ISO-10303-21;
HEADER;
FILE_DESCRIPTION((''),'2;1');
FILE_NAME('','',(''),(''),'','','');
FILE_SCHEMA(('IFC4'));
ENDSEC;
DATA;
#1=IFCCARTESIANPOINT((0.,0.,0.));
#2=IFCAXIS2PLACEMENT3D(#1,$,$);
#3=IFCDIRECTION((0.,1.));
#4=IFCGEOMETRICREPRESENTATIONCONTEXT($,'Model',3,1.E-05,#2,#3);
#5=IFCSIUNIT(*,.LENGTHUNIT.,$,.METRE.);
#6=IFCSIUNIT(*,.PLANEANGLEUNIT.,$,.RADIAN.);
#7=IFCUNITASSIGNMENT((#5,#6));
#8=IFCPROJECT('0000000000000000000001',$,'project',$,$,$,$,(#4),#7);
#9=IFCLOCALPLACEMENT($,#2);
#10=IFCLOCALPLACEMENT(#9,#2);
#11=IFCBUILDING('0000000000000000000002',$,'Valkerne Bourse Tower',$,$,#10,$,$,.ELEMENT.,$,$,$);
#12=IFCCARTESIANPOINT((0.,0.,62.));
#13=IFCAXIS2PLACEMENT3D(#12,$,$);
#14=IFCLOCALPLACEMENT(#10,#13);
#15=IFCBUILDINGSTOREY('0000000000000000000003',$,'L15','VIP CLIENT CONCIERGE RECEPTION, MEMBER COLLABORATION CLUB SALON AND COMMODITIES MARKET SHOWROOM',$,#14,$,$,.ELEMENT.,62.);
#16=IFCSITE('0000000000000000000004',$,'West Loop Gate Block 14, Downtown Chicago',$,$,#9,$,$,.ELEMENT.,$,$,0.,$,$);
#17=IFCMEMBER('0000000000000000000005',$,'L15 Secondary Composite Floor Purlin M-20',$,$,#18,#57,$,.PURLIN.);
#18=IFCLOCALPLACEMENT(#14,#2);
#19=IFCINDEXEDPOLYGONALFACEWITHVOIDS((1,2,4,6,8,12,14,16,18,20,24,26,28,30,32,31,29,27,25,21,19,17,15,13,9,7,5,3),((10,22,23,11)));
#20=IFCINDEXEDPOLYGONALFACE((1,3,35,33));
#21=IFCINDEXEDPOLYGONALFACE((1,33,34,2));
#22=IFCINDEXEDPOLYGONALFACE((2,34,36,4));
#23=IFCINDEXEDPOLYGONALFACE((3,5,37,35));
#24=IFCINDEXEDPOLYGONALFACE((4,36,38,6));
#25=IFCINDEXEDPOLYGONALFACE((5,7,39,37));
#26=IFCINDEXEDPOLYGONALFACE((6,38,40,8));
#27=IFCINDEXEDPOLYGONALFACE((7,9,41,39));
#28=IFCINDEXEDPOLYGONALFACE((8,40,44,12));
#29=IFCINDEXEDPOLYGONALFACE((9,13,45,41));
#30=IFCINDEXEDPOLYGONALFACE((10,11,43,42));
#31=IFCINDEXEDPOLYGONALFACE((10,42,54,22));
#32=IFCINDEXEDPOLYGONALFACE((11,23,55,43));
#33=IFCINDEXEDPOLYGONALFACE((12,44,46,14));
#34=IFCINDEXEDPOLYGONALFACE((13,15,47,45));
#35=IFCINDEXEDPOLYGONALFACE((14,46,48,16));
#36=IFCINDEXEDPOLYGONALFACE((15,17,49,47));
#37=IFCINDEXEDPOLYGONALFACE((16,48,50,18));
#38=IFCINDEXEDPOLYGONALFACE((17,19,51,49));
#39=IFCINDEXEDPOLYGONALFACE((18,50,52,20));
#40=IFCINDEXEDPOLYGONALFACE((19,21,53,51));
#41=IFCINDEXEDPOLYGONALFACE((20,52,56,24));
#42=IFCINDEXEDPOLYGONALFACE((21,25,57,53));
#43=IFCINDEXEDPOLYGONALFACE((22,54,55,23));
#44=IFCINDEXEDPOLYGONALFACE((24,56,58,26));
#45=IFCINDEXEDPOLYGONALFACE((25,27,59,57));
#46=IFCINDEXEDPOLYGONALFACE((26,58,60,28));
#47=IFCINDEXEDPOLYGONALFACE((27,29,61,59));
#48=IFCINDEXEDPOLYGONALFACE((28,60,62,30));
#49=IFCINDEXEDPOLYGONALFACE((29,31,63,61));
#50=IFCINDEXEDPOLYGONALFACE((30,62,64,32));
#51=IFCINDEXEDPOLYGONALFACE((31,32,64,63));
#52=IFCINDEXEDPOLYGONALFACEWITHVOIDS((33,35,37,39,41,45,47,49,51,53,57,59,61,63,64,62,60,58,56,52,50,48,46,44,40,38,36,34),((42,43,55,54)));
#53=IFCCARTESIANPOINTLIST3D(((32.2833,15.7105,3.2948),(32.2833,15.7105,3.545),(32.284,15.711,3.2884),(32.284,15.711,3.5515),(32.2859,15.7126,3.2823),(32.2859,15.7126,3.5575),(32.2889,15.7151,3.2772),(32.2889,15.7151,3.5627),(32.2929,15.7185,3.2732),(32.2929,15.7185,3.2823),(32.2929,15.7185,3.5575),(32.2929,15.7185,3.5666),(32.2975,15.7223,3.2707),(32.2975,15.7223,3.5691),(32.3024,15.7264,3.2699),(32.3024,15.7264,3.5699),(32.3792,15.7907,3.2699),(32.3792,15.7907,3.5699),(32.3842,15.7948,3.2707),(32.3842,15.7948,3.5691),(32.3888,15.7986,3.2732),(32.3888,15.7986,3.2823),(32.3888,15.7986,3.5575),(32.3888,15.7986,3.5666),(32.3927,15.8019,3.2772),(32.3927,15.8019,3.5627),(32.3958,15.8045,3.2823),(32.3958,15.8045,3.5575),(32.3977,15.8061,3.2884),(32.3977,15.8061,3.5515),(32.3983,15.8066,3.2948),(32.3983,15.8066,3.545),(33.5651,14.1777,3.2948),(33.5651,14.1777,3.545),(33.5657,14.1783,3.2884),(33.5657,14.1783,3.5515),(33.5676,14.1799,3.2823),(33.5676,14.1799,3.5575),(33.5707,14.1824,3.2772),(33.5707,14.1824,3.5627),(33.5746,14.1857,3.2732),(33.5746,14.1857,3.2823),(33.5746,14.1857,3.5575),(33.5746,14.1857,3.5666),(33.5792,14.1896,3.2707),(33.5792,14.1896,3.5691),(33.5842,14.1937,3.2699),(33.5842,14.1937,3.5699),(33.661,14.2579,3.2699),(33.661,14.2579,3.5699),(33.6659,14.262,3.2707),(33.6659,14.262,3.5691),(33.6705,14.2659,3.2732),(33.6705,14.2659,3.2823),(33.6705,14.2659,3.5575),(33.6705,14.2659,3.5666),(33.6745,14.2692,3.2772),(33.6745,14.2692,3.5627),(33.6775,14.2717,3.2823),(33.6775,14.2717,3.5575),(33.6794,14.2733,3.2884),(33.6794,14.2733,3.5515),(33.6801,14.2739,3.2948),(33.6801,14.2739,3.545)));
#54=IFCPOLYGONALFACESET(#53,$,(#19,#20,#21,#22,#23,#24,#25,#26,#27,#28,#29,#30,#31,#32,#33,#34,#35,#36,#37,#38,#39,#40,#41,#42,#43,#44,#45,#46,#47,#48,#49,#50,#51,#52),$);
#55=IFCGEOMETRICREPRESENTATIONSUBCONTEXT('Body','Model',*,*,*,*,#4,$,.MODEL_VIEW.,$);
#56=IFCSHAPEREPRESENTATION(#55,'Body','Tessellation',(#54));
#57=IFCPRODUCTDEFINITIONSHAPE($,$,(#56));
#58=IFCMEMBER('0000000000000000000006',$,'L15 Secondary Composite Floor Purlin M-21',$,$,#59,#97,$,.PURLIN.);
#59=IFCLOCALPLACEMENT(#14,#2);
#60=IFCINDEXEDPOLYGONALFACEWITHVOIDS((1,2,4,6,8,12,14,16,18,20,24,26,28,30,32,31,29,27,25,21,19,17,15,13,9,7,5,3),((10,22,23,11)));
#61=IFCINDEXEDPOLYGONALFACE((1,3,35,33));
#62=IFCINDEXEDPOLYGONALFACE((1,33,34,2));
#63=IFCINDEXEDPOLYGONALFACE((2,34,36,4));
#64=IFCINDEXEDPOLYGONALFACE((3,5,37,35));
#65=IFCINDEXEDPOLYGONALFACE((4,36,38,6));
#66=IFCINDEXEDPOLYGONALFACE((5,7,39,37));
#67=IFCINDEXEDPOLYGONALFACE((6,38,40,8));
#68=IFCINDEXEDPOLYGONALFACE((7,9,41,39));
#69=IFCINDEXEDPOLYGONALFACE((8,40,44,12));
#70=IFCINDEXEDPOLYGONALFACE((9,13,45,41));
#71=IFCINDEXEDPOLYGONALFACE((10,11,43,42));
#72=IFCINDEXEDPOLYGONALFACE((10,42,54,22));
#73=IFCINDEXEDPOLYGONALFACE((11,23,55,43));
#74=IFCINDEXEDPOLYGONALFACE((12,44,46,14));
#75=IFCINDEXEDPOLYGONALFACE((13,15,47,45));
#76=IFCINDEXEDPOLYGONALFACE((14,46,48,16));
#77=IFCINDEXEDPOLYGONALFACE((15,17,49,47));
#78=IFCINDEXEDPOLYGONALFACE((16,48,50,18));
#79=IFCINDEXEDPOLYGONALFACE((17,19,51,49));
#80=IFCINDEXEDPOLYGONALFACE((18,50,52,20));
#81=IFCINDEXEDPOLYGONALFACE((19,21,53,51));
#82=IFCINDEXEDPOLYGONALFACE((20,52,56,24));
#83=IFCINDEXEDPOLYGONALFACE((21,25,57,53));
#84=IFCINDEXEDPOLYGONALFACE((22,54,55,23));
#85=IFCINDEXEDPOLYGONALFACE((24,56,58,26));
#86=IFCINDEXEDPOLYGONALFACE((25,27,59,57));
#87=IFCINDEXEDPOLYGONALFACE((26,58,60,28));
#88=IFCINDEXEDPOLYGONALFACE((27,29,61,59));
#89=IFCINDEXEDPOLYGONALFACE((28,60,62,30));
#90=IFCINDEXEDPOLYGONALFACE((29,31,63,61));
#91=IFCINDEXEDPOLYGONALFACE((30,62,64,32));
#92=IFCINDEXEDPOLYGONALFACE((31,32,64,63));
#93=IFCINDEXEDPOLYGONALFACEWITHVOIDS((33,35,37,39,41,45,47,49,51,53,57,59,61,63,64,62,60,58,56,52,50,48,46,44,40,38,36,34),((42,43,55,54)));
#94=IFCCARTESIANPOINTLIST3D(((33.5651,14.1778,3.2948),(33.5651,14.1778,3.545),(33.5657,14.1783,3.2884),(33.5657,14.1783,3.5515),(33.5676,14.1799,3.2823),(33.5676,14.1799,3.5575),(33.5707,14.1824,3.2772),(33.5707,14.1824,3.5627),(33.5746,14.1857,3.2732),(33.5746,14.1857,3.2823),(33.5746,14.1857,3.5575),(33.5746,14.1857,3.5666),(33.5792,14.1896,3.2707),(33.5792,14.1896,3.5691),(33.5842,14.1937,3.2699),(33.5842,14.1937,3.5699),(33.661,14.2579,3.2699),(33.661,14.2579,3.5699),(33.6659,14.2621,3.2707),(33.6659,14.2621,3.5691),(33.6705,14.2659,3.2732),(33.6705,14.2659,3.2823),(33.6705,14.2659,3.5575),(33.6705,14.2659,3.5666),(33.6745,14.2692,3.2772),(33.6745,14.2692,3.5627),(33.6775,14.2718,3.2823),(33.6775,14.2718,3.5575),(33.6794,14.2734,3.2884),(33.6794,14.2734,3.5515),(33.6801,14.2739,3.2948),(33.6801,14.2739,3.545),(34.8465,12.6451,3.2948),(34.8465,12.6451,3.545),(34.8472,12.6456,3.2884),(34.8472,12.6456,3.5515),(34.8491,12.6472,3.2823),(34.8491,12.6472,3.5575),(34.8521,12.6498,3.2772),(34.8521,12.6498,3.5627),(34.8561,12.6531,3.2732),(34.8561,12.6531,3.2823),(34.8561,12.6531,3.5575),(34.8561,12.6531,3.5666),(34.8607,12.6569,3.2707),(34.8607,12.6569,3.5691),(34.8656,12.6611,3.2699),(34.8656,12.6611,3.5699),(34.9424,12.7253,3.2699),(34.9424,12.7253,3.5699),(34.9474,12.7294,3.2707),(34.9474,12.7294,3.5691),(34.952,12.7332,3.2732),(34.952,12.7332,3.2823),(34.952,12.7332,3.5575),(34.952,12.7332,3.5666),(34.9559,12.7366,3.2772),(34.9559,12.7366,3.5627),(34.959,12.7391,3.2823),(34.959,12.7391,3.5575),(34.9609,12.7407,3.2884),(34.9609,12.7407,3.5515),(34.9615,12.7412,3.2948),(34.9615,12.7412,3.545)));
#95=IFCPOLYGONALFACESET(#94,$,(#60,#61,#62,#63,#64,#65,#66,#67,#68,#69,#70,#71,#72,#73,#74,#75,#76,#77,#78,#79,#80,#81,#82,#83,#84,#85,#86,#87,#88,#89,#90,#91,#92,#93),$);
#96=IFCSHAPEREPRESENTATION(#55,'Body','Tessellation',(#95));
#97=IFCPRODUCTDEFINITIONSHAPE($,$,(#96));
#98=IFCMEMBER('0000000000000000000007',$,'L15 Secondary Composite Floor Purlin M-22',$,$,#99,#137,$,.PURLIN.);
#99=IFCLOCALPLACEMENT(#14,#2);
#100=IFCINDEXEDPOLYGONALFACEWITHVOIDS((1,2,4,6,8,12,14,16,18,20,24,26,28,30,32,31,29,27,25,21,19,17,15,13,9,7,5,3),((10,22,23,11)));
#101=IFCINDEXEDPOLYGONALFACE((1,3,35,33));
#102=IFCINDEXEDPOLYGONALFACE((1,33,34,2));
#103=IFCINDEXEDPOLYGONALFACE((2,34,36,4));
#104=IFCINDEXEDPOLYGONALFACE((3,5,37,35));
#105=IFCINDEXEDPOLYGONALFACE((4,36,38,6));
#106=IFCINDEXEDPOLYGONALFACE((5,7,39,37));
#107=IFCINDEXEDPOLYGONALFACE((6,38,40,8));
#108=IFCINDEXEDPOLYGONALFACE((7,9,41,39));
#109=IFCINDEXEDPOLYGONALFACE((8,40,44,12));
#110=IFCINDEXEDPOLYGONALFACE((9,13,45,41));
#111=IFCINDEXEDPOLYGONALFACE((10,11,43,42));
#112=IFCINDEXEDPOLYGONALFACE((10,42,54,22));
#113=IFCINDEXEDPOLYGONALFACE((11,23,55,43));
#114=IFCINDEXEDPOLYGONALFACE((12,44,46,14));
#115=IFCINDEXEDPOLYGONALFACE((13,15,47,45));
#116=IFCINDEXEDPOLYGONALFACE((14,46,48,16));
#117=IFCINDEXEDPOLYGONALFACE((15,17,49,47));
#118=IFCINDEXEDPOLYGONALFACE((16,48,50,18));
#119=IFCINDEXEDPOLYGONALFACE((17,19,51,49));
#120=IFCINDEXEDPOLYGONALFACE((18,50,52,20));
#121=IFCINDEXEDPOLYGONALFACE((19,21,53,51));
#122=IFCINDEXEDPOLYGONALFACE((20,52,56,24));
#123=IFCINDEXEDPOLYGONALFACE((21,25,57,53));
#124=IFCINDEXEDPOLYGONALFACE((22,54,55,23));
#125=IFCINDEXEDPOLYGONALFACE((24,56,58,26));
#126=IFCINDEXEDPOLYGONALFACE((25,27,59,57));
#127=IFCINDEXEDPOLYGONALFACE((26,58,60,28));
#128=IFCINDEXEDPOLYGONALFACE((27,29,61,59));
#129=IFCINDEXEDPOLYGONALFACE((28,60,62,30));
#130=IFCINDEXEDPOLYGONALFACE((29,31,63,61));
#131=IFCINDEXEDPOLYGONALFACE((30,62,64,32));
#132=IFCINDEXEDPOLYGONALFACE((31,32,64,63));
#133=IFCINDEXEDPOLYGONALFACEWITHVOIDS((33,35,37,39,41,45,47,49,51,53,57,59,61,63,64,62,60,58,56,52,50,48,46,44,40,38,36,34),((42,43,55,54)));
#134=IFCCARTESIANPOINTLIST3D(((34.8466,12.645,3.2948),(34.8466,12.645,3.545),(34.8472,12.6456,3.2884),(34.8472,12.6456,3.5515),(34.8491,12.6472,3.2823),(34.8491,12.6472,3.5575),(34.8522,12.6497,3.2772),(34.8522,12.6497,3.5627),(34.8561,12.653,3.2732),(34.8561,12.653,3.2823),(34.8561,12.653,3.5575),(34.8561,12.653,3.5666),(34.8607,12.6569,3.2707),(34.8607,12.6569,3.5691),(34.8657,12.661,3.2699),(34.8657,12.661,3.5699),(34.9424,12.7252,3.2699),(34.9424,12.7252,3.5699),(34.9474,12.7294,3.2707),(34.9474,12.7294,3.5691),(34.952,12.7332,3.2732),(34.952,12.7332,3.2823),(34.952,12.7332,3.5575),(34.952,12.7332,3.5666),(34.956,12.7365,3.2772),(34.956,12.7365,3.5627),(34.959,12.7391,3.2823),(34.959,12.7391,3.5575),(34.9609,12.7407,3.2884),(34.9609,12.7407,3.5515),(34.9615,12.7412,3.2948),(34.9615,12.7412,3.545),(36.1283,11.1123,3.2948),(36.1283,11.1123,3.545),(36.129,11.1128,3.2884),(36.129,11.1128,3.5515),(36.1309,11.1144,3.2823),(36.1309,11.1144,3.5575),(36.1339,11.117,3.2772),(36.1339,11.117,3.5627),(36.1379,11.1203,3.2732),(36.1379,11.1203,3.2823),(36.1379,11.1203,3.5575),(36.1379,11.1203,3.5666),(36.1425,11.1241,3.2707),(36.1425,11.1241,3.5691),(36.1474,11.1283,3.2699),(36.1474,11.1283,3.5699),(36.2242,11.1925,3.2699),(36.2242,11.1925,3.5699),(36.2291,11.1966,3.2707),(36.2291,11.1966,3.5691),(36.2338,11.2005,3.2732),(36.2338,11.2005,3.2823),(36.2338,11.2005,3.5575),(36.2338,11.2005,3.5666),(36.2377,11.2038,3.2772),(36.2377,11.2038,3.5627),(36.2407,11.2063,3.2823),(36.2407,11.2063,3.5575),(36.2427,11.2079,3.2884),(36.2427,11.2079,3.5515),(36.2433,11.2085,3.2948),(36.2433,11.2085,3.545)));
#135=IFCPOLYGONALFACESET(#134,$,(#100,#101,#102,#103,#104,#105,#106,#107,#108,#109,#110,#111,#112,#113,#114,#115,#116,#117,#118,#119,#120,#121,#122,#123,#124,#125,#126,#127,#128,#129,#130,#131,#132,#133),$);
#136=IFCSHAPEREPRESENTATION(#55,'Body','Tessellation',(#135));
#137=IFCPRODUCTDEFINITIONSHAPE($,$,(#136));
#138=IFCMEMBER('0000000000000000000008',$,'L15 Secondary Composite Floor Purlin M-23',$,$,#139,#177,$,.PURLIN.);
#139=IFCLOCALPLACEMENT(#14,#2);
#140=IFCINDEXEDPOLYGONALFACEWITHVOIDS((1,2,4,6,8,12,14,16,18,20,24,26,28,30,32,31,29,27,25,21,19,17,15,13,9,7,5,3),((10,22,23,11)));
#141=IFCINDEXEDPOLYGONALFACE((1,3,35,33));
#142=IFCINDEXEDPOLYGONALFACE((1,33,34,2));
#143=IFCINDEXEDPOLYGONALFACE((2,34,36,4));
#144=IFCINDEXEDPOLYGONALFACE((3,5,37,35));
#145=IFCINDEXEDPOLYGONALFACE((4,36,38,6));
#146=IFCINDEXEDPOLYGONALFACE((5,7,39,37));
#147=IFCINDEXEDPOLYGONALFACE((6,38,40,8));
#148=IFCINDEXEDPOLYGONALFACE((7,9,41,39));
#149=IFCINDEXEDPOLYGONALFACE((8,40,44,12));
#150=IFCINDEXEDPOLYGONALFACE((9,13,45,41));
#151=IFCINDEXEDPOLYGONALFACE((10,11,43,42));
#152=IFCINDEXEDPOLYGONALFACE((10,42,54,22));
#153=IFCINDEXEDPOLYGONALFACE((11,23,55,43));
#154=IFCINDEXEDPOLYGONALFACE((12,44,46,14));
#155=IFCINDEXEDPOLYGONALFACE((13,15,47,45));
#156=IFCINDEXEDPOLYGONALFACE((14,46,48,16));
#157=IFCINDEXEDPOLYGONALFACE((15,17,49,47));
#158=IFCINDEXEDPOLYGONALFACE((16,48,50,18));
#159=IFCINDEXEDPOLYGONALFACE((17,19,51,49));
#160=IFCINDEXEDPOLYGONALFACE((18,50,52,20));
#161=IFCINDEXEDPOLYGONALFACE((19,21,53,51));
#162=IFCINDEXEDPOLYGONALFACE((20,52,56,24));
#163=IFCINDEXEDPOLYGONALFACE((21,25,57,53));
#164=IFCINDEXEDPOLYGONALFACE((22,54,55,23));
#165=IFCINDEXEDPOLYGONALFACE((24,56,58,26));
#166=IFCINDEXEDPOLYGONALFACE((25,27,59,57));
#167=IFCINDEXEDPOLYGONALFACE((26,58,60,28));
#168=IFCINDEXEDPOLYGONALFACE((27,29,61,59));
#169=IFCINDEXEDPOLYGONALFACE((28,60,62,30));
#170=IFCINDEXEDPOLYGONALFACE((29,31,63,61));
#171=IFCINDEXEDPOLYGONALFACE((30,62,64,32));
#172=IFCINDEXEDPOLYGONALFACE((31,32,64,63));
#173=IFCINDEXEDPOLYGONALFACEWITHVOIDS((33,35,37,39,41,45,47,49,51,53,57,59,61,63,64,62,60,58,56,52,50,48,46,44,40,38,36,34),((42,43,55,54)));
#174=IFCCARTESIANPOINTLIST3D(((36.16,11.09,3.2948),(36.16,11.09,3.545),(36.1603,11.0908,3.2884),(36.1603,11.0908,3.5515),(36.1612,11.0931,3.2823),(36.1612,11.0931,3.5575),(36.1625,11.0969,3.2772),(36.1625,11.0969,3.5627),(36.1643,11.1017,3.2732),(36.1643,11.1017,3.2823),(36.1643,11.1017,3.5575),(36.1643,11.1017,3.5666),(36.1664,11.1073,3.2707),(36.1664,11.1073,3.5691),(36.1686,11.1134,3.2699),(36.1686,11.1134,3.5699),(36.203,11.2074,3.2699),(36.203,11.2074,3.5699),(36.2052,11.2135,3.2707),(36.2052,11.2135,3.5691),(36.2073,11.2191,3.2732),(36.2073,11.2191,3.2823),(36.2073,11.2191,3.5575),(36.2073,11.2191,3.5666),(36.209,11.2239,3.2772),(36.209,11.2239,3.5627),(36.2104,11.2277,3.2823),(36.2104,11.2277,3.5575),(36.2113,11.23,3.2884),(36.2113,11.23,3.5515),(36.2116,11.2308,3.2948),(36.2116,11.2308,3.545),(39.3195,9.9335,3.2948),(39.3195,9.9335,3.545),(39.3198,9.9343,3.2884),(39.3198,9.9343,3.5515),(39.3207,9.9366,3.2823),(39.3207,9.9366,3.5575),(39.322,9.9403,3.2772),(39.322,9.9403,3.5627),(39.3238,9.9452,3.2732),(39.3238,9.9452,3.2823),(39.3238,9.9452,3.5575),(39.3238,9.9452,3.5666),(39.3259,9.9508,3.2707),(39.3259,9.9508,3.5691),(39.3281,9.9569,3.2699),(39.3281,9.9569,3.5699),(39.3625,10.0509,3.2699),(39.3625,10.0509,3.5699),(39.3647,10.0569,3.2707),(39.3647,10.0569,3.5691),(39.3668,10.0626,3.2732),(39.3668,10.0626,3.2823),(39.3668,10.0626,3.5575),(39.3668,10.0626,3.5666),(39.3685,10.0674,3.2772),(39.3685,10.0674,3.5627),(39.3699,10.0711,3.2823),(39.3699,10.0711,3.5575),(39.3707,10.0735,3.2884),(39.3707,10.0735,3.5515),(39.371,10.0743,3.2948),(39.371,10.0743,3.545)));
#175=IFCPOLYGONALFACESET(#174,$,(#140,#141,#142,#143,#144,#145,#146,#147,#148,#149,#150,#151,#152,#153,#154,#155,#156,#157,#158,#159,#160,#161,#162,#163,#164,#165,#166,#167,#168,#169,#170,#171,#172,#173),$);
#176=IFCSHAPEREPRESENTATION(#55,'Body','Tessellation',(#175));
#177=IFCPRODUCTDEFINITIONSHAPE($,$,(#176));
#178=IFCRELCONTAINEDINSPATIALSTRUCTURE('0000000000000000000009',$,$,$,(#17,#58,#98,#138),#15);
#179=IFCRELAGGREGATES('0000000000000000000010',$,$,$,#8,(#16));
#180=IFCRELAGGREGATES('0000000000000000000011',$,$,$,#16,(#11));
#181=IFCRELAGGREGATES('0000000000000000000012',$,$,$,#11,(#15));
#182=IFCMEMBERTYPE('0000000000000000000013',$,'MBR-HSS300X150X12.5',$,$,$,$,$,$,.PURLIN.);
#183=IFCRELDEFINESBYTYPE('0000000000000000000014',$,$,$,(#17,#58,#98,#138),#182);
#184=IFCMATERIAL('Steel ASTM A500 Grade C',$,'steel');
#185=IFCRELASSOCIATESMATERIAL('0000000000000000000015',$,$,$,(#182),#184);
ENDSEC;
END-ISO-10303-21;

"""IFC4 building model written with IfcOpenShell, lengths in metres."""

from ifc_helpers import new_model, si_unit, direction, frame, origin, origin_2d, place, context, subcontext, project, spatial, hollow_rectangle, extrude, material, material_profile, profile_set, type_object, element, save


model = new_model("IFC4")

# Units and contexts
model_context = context("Model", 3, precision=1e-05, world=origin(), true_north=direction((0.0, 1.0)))
body_context = subcontext(model_context, "Body", "Model", "MODEL_VIEW")
ifc_project = project(units=[si_unit("LENGTHUNIT", "METRE"), si_unit("PLANEANGLEUNIT", "RADIAN")], contexts=[model_context])

# Site, building, storey
site_placement = place(None, origin())
site = spatial("IfcSite", under=ifc_project, at=site_placement, Name="West Loop Gate Block 14, Downtown Chicago", CompositionType="ELEMENT", RefElevation=0.0)
building_placement = place(site_placement, origin())
building = spatial("IfcBuilding", under=site, at=building_placement, Name="Valkerne Bourse Tower", CompositionType="ELEMENT")
storey_placement = place(building_placement, frame((0.0, 0.0, 62.0)))
storey = spatial("IfcBuildingStorey", under=building, at=storey_placement, Name="L15", Description="VIP CLIENT CONCIERGE RECEPTION, MEMBER COLLABORATION CLUB SALON AND COMMODITIES MARKET SHOWROOM", CompositionType="ELEMENT", Elevation=62.0)

# Members
ifc_material_1 = material(Name="Steel ASTM A500 Grade C", Category="steel")
ifc_material_profile_1 = material_profile(ifc_material_1, hollow_rectangle(XDim=0.1499, YDim=0.3, WallThickness=0.0125, OuterFilletRadius=0.0249, at=origin_2d()), Name="HSS300X150X12.5")
ifc_profile_set_1 = profile_set([ifc_material_profile_1], Name="Steel ASTM A500 Grade C")
member_type_1 = type_object("IfcMemberType", Name="MBR-HSS300X150X12.5", PredefinedType="PURLIN", material=ifc_profile_set_1)
member_1_placement = place(storey_placement, frame((32.3408, 15.7585, 3.4199), z_axis=(0.641506, -0.767118, 0.0), x_axis=(0.767118, 0.641506, 0.0)))
element("IfcMember", 1, at=member_1_placement, inside=storey, type_object=member_type_1, Name="L15 Secondary Composite Floor Purlin M-20", PredefinedType="PURLIN", context=body_context, shape_type="SweptSolid", body=[
    extrude(hollow_rectangle(XDim=0.1499, YDim=0.3, WallThickness=0.0125, OuterFilletRadius=0.0249, at=origin_2d()), origin(), (0.0, 0.0, 1.0), 1.998),
])
member_2_placement = place(storey_placement, frame((33.6226, 14.2258, 3.4199), z_axis=(0.641434, -0.767179, 0.0), x_axis=(0.767179, 0.641434, 0.0)))
element("IfcMember", 2, at=member_2_placement, inside=storey, type_object=member_type_1, Name="L15 Secondary Composite Floor Purlin M-21", PredefinedType="PURLIN", context=body_context, shape_type="SweptSolid", body=[
    extrude(hollow_rectangle(XDim=0.1499, YDim=0.3, WallThickness=0.0125, OuterFilletRadius=0.0249, at=origin_2d()), origin(), (0.0, 0.0, 1.0), 1.9978),
])
member_3_placement = place(storey_placement, frame((34.9041, 12.6931, 3.4199), z_axis=(0.641506, -0.767118, 0.0), x_axis=(0.767118, 0.641506, 0.0)))
element("IfcMember", 3, at=member_3_placement, inside=storey, type_object=member_type_1, Name="L15 Secondary Composite Floor Purlin M-22", PredefinedType="PURLIN", context=body_context, shape_type="SweptSolid", body=[
    extrude(hollow_rectangle(XDim=0.1499, YDim=0.3, WallThickness=0.0125, OuterFilletRadius=0.0249, at=origin_2d()), origin(), (0.0, 0.0, 1.0), 1.998),
])
member_4_placement = place(storey_placement, frame((36.1858, 11.1604, 3.4199), z_axis=(0.939065, -0.343741, 0.0), x_axis=(0.343741, 0.939065, 0.0)))
element("IfcMember", 4, at=member_4_placement, inside=storey, type_object=member_type_1, Name="L15 Secondary Composite Floor Purlin M-23", PredefinedType="PURLIN", context=body_context, shape_type="SweptSolid", body=[
    extrude(hollow_rectangle(XDim=0.1499, YDim=0.3, WallThickness=0.0125, OuterFilletRadius=0.0249, at=origin_2d()), origin(), (0.0, 0.0, 1.0), 3.3645),
])

save(model, "model.ifc")
